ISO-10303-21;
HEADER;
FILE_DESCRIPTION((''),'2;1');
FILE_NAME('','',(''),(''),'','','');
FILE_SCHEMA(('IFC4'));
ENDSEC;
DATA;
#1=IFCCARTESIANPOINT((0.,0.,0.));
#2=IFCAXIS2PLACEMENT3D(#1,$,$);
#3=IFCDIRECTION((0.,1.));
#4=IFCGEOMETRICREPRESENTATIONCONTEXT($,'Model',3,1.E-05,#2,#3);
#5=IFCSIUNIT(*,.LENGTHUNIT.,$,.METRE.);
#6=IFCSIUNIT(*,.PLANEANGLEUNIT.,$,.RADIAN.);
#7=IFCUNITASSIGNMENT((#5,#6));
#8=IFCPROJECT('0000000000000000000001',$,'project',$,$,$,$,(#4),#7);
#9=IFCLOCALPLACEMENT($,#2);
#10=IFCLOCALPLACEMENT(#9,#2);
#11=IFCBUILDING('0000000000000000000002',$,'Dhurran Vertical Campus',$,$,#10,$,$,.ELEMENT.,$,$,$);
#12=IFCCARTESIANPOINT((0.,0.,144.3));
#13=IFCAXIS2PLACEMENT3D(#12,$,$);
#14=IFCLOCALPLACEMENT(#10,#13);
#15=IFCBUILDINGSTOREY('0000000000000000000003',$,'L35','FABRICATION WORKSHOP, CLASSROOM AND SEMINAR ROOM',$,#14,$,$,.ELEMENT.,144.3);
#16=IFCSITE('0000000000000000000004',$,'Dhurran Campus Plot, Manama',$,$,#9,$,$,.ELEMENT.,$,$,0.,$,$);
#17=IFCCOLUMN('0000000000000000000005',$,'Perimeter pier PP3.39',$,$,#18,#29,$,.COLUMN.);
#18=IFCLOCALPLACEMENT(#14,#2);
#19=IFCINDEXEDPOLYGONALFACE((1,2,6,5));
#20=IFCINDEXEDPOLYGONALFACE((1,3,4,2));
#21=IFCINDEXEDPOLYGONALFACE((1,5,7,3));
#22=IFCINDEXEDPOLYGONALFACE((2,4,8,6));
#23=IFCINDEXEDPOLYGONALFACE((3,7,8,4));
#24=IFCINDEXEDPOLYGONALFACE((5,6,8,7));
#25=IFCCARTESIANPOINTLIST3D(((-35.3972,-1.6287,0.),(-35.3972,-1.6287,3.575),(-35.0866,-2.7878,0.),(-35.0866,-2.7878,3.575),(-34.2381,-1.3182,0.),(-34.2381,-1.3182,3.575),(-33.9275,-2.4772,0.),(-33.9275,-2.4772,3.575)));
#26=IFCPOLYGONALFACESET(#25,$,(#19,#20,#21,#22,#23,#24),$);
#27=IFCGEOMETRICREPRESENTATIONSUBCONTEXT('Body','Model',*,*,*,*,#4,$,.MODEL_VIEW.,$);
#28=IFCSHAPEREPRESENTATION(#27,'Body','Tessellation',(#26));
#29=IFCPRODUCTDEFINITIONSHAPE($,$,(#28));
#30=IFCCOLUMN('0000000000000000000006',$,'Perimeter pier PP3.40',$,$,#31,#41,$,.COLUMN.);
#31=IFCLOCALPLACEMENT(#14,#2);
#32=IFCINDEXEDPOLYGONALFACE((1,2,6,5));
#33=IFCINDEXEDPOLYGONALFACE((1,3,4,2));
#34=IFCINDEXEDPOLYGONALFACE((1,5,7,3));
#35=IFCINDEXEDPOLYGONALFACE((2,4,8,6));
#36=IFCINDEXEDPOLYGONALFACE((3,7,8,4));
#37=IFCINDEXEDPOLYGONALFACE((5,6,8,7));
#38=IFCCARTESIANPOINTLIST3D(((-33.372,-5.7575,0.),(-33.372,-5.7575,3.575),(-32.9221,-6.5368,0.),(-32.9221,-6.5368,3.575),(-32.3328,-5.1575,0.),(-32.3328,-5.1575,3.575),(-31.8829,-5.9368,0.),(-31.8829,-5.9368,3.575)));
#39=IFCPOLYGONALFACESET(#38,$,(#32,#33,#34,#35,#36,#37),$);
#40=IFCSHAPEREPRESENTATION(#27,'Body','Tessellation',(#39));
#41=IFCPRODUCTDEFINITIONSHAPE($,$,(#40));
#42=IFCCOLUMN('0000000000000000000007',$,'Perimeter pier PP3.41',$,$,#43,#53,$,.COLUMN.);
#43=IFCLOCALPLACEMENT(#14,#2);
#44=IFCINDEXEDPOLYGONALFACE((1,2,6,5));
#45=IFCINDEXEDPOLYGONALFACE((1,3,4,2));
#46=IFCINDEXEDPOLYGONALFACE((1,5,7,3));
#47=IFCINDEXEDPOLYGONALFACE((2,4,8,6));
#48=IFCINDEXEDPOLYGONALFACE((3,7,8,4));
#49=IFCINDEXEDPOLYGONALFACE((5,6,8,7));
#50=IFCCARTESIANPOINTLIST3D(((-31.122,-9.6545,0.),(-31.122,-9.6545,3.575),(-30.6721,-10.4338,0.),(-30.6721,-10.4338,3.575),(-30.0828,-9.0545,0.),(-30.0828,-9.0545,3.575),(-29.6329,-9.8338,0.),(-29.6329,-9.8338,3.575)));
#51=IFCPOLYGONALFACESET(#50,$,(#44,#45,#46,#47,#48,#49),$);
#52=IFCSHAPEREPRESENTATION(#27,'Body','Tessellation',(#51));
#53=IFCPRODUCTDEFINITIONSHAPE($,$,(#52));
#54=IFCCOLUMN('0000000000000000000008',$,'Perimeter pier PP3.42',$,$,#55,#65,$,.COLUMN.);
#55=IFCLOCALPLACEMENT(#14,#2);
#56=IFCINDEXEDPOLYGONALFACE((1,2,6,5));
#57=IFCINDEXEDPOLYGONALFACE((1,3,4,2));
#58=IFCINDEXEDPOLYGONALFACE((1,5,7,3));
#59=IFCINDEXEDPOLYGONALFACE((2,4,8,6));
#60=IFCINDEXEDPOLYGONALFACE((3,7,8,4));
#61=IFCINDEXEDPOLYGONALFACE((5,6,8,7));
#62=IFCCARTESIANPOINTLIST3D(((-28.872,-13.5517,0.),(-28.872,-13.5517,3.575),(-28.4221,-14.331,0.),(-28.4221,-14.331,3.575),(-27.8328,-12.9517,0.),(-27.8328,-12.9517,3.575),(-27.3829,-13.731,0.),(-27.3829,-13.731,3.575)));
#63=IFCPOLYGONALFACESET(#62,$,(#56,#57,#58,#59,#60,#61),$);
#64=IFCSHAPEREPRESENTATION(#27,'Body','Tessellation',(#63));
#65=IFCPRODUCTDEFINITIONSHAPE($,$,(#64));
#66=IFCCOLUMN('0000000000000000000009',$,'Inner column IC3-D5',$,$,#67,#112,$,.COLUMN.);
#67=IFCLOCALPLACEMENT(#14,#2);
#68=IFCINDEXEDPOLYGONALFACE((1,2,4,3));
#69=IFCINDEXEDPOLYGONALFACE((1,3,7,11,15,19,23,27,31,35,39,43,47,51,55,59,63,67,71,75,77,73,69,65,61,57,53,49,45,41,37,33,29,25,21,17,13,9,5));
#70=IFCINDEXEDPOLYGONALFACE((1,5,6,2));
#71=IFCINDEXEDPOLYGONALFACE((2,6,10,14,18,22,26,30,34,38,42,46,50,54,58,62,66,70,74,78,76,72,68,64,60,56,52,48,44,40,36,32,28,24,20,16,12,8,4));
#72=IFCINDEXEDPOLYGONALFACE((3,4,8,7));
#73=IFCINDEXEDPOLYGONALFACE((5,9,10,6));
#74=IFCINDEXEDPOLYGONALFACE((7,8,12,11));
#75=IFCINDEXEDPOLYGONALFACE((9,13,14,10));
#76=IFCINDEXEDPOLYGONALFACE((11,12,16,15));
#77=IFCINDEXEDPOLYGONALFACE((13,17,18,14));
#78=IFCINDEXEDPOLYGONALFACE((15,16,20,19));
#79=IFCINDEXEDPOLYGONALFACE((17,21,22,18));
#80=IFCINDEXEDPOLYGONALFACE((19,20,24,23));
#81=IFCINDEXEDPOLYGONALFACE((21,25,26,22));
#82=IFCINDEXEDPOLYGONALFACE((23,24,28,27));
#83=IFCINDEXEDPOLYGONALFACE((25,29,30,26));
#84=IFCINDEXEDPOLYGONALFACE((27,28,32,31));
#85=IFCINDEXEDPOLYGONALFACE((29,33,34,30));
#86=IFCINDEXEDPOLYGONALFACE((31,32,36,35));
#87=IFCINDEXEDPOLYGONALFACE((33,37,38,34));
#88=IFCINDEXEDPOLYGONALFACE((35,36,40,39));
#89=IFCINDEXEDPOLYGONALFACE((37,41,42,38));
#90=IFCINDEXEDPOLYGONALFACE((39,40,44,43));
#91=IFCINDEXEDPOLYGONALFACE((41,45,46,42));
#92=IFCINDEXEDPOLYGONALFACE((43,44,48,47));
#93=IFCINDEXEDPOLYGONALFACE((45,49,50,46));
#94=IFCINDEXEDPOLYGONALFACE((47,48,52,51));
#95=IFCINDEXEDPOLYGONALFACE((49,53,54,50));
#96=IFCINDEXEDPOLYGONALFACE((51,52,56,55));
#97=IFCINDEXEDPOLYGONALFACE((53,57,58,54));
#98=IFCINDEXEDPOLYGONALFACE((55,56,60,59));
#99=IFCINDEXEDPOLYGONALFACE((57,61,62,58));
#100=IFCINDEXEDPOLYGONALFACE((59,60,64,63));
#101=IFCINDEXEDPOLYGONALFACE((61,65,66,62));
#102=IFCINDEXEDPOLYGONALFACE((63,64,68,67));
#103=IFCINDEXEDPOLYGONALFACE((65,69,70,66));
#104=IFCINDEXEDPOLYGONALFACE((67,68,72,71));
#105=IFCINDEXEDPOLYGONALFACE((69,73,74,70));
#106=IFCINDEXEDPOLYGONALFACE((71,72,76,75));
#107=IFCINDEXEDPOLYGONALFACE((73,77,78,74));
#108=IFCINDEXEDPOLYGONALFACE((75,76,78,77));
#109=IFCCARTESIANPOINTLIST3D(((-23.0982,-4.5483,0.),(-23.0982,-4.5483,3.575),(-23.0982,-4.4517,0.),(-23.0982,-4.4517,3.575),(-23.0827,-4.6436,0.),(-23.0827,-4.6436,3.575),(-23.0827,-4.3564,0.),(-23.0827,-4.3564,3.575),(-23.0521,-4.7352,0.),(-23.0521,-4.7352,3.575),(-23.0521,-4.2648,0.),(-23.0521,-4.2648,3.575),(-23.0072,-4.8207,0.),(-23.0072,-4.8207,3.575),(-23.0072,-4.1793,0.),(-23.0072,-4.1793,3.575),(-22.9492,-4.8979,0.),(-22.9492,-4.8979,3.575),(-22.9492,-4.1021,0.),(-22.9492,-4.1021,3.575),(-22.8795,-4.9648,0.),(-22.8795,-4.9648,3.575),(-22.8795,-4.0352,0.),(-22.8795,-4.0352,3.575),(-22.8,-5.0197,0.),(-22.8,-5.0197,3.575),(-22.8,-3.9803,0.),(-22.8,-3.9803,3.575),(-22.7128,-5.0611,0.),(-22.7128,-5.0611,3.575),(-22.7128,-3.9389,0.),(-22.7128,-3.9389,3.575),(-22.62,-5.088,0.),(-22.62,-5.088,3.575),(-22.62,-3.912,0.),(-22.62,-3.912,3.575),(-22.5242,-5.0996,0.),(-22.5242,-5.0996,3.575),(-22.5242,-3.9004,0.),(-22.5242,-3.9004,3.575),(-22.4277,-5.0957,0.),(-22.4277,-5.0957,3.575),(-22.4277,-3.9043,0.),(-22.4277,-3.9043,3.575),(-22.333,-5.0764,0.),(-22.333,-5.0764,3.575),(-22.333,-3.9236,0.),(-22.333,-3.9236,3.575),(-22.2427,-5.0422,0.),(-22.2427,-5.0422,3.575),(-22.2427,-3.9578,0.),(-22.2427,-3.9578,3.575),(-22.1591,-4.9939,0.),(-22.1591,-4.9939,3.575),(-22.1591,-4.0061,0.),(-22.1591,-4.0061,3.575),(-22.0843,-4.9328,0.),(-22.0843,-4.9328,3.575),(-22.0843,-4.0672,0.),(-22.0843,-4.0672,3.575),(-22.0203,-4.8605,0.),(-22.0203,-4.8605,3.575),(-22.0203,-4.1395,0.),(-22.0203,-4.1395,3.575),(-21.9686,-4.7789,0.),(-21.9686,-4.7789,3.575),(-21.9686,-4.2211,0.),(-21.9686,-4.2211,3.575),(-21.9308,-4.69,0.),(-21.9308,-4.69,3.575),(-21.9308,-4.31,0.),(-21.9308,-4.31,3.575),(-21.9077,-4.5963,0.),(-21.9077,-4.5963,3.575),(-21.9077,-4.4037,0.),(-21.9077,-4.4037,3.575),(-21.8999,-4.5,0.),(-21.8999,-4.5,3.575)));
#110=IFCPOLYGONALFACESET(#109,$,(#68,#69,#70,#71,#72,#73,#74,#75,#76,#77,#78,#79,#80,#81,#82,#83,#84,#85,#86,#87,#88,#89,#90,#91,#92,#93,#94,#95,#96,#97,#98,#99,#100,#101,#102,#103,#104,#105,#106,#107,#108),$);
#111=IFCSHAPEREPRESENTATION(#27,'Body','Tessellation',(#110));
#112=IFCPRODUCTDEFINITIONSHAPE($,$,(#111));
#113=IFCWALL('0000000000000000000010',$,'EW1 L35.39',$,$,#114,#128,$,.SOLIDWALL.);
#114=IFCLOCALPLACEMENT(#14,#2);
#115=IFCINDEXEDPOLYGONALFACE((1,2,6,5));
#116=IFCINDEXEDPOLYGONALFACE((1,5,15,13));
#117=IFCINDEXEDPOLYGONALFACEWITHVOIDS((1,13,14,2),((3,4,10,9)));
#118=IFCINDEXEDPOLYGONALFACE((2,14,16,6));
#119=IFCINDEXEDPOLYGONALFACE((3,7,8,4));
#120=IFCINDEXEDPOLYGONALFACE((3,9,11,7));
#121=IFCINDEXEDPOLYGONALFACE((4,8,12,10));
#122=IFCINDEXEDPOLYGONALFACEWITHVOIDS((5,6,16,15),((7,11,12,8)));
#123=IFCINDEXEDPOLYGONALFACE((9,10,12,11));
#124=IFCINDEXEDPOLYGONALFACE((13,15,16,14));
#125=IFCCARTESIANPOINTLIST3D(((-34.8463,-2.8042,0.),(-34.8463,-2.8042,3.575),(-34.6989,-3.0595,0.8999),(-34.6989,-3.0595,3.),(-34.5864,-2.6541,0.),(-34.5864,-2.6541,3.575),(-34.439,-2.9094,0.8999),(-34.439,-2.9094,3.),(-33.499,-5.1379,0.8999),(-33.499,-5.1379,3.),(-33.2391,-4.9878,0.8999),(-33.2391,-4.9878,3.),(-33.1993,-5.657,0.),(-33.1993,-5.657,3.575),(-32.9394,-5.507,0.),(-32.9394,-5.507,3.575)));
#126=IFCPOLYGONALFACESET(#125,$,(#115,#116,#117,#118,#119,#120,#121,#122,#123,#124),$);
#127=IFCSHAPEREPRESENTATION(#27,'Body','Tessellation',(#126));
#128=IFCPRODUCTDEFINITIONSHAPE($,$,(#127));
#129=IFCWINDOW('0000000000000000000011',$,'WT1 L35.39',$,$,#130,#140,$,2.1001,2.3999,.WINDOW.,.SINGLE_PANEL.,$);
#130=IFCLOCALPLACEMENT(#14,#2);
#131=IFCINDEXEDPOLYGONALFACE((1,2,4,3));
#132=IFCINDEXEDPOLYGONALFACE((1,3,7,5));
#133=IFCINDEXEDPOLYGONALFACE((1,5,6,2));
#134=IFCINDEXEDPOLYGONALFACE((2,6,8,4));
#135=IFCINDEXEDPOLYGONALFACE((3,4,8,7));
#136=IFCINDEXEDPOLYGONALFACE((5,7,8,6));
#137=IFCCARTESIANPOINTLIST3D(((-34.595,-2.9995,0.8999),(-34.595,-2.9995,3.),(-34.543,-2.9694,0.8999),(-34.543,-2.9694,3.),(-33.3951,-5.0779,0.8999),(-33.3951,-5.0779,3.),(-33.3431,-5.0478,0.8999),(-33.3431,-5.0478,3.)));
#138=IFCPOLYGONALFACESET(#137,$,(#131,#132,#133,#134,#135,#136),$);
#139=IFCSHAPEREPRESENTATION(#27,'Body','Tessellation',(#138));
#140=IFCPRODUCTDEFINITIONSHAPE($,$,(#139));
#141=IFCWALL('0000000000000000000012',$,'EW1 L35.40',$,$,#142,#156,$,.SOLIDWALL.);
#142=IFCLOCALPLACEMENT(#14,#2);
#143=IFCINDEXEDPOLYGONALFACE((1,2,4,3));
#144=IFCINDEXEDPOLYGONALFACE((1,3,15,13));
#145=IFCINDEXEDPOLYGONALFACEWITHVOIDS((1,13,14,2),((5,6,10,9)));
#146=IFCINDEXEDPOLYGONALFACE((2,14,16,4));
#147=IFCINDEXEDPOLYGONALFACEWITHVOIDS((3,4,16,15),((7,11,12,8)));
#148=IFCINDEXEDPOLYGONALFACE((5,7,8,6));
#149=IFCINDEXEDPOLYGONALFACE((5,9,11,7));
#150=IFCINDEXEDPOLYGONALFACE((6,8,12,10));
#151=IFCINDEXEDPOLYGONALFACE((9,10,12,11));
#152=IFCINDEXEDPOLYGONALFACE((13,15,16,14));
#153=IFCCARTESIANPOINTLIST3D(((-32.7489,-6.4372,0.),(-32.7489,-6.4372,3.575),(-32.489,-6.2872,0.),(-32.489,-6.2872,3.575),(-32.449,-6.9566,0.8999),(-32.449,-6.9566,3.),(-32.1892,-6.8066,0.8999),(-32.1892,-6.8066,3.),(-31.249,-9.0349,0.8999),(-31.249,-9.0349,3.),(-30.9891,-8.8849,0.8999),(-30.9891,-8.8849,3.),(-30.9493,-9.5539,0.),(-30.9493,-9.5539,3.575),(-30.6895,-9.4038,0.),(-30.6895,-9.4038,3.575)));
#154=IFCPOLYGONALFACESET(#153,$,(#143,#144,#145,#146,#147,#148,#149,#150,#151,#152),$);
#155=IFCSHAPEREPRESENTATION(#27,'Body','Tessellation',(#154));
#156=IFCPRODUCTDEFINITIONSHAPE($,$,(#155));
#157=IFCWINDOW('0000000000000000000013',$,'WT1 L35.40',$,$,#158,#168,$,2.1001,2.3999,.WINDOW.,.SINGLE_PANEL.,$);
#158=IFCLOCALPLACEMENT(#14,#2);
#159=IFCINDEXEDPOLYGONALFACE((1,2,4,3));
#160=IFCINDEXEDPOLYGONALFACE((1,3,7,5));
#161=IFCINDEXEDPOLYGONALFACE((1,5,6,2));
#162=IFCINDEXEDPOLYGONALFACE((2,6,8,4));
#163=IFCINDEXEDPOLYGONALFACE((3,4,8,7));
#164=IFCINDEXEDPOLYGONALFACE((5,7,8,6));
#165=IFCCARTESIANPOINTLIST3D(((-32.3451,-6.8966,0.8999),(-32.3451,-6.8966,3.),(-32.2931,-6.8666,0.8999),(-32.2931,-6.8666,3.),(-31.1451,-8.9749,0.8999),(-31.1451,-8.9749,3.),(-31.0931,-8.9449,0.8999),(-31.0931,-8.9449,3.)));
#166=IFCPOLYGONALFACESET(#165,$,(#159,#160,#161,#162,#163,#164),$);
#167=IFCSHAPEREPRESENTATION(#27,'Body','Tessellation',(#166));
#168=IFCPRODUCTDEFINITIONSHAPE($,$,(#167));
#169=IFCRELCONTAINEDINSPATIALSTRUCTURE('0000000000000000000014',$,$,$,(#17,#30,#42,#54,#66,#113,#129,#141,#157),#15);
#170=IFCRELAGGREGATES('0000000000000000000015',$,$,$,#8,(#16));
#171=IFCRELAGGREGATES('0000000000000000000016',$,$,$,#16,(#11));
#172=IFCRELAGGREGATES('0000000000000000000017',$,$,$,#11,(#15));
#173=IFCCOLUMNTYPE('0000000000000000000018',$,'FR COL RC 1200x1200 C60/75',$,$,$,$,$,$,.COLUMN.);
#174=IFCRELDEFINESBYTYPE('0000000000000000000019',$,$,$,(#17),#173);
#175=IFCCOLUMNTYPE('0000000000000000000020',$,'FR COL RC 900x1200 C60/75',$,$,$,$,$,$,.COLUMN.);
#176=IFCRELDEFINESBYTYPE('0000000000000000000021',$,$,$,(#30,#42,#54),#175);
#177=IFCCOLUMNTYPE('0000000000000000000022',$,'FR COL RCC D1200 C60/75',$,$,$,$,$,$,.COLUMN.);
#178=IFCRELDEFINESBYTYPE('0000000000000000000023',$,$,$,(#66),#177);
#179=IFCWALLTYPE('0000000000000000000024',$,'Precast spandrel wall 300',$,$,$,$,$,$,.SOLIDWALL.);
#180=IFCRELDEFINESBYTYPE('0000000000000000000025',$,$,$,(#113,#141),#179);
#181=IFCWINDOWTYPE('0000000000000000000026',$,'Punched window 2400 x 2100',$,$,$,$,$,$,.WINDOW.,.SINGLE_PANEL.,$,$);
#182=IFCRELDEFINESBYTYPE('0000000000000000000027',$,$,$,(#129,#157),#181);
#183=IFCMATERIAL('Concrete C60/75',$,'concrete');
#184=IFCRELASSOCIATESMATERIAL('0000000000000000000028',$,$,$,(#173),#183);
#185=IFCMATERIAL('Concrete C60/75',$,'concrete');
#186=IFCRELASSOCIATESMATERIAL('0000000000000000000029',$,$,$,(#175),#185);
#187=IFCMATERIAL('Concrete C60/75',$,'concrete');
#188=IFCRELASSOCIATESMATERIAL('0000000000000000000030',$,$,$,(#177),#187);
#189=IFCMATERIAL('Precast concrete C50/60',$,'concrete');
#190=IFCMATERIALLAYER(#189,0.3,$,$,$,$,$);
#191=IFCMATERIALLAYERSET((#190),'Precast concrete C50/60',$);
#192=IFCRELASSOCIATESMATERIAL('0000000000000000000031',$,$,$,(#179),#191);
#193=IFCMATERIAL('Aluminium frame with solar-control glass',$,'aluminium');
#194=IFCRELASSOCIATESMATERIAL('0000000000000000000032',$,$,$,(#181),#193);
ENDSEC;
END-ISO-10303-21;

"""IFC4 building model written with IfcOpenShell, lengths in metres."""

from ifc_helpers import new_model, si_unit, direction, frame, frame_2d, origin, origin_2d, place, context, subcontext, project, spatial, rectangle, circle, extrude, material, layer, layer_set, material_profile, profile_set, type_object, element, fill, save


model = new_model("IFC4")

# Units and contexts
model_context = context("Model", 3, precision=1e-05, world=origin(), true_north=direction((0.0, 1.0)))
body_context = subcontext(model_context, "Body", "Model", "MODEL_VIEW")
ifc_project = project(units=[si_unit("LENGTHUNIT", "METRE"), si_unit("PLANEANGLEUNIT", "RADIAN")], contexts=[model_context])

# Site, building, storey
site_placement = place(None, origin())
site = spatial("IfcSite", under=ifc_project, at=site_placement, Name="Dhurran Campus Plot, Manama", CompositionType="ELEMENT", RefElevation=0.0)
building_placement = place(site_placement, origin())
building = spatial("IfcBuilding", under=site, at=building_placement, Name="Dhurran Vertical Campus", CompositionType="ELEMENT")
storey_placement = place(building_placement, frame((0.0, 0.0, 144.3)))
storey = spatial("IfcBuildingStorey", under=building, at=storey_placement, Name="L35", Description="FABRICATION WORKSHOP, CLASSROOM AND SEMINAR ROOM", CompositionType="ELEMENT", Elevation=144.3)

# Columns
ifc_material_1 = material(Name="Concrete C60/75", Category="concrete")
ifc_material_profile_1 = material_profile(ifc_material_1, rectangle(XDim=1.2, YDim=1.2, at=origin_2d()), Name="RC 1200x1200")
ifc_profile_set_1 = profile_set([ifc_material_profile_1], Name="Concrete C60/75")
column_type_1 = type_object("IfcColumnType", Name="FR COL RC 1200x1200 C60/75", PredefinedType="COLUMN", material=ifc_profile_set_1)
column_1_placement = place(storey_placement, frame((-34.6624, -2.053, 0.0), z_axis=(0.0, 0.0, 1.0), x_axis=(0.258819, -0.965926, 0.0)))
element("IfcColumn", 1, at=column_1_placement, inside=storey, type_object=column_type_1, Name="Perimeter pier PP3.39", PredefinedType="COLUMN", context=body_context, shape_type="SweptSolid", body=[
    extrude(rectangle(XDim=1.2, YDim=1.2, at=origin_2d()), origin(), (0.0, 0.0, 1.0), 3.575),
])
ifc_material_2 = material(Name="Concrete C60/75", Category="concrete")
ifc_material_profile_2 = material_profile(ifc_material_2, rectangle(XDim=0.8999, YDim=1.2, at=origin_2d()), Name="RC 900x1200")
ifc_profile_set_2 = profile_set([ifc_material_profile_2], Name="Concrete C60/75")
column_type_2 = type_object("IfcColumnType", Name="FR COL RC 900x1200 C60/75", PredefinedType="COLUMN", material=ifc_profile_set_2)
for number, where, z_axis, x_axis, name in (
    (2, (-32.6274, -5.8472, 0.0), (0.0, 0.0, 1.0), (0.5, -0.866025, 0.0), "Perimeter pier PP3.40"),
    (3, (-30.3774, -9.7441, 0.0), (0.0, 0.0, 1.0), (0.5, -0.866025, 0.0), "Perimeter pier PP3.41"),
    (4, (-28.1274, -13.6414, 0.0), (0.0, 0.0, 1.0), (0.5, -0.866025, 0.0), "Perimeter pier PP3.42"),
):
    element("IfcColumn", number, at=place(storey_placement, frame(where, z_axis=z_axis, x_axis=x_axis)), inside=storey, type_object=column_type_2, Name=name, PredefinedType="COLUMN", context=body_context, shape_type="SweptSolid", body=[
        extrude(rectangle(XDim=0.8999, YDim=1.2, at=origin_2d()), origin(), (0.0, 0.0, 1.0), 3.575),
    ])
ifc_material_3 = material(Name="Concrete C60/75", Category="concrete")
ifc_material_profile_3 = material_profile(ifc_material_3, circle(Radius=0.6001, at=origin_2d()), Name="RCC D1200")
ifc_profile_set_3 = profile_set([ifc_material_profile_3], Name="Concrete C60/75")
column_type_3 = type_object("IfcColumnType", Name="FR COL RCC D1200 C60/75", PredefinedType="COLUMN", material=ifc_profile_set_3)
column_2_placement = place(storey_placement, frame((-22.5, -4.5, 0.0), z_axis=(0.0, 0.0, 1.0), x_axis=(1.0, 0.0, 0.0)))
element("IfcColumn", 5, at=column_2_placement, inside=storey, type_object=column_type_3, Name="Inner column IC3-D5", PredefinedType="COLUMN", context=body_context, shape_type="SweptSolid", body=[
    extrude(circle(Radius=0.6001, at=origin_2d()), origin(), (0.0, 0.0, 1.0), 3.575),
])

# Walls, openings, windows
ifc_material_4 = material(Name="Precast concrete C50/60", Category="concrete")
ifc_layer_1 = layer(ifc_material_4, 0.3)
ifc_layer_set_1 = layer_set([ifc_layer_1], Name="Precast concrete C50/60")
wall_type_1 = type_object("IfcWallType", Name="Precast spandrel wall 300", PredefinedType="SOLIDWALL", material=ifc_layer_set_1)
wall_1_placement = place(storey_placement, frame((-34.7163, -2.7292, 0.0), z_axis=(0.0, 0.0, 1.0), x_axis=(0.499981, -0.866036, 0.0)))
wall_1 = element("IfcWall", 6, at=wall_1_placement, inside=storey, type_object=wall_type_1, Name="EW1 L35.39", PredefinedType="SOLIDWALL", context=body_context, shape_type="SweptSolid", body=[
    extrude(rectangle(XDim=3.2942, YDim=0.3, at=frame_2d((1.647, 0.0))), origin(), (0.0, 0.0, 1.0), 3.575),
])
opening_1_placement = place(wall_1_placement, frame((0.2947, 0.0, 0.8999)))
opening_1 = element("IfcOpeningElement", 7, at=opening_1_placement, cuts=wall_1, PredefinedType="OPENING", context=body_context, shape_type="SweptSolid", body=[
    extrude(rectangle(XDim=2.3999, YDim=2.1001, at=frame_2d((1.2, 1.05))), frame((0.0, 0.1599, 0.0), z_axis=(0.0, -1.0, 0.0), x_axis=(1.0, 0.0, 0.0)), (0.0, 0.0, 1.0), 0.3201),
])
ifc_material_5 = material(Name="Aluminium frame with solar-control glass", Category="aluminium")
window_type = type_object("IfcWindowType", Name="Punched window 2400 x 2100", PartitioningType="SINGLE_PANEL", PredefinedType="WINDOW", material=ifc_material_5)
window_1_placement = place(opening_1_placement, origin())
window_1 = element("IfcWindow", 8, at=window_1_placement, inside=storey, type_object=window_type, Name="WT1 L35.39", OverallHeight=2.1001, OverallWidth=2.3999, PartitioningType="SINGLE_PANEL", PredefinedType="WINDOW", context=body_context, shape_type="SweptSolid", body=[
    extrude(rectangle(XDim=2.3999, YDim=2.1001, at=frame_2d((1.2, 1.05))), frame((0.0, 0.03, 0.0), z_axis=(0.0, -1.0, 0.0), x_axis=(1.0, 0.0, 0.0)), (0.0, 0.0, 1.0), 0.0601),
])
fill(opening_1, window_1)
wall_2_placement = place(storey_placement, frame((-32.6189, -6.3623, 0.0), z_axis=(0.0, 0.0, 1.0), x_axis=(0.500028, -0.866009, 0.0)))
wall_2 = element("IfcWall", 9, at=wall_2_placement, inside=storey, type_object=wall_type_1, Name="EW1 L35.40", PredefinedType="SOLIDWALL", context=body_context, shape_type="SweptSolid", body=[
    extrude(rectangle(XDim=3.5989, YDim=0.3, at=frame_2d((1.7993, 0.0))), origin(), (0.0, 0.0, 1.0), 3.575),
])
opening_2_placement = place(wall_2_placement, frame((0.5996, 0.0, 0.8999)))
opening_2 = element("IfcOpeningElement", 10, at=opening_2_placement, cuts=wall_2, PredefinedType="OPENING", context=body_context, shape_type="SweptSolid", body=[
    extrude(rectangle(XDim=2.3999, YDim=2.1001, at=frame_2d((1.2, 1.05))), frame((0.0, 0.1599, 0.0), z_axis=(0.0, -1.0, 0.0), x_axis=(1.0, 0.0, 0.0)), (0.0, 0.0, 1.0), 0.3201),
])
window_2_placement = place(opening_2_placement, origin())
window_2 = element("IfcWindow", 11, at=window_2_placement, inside=storey, type_object=window_type, Name="WT1 L35.40", OverallHeight=2.1001, OverallWidth=2.3999, PartitioningType="SINGLE_PANEL", PredefinedType="WINDOW", context=body_context, shape_type="SweptSolid", body=[
    extrude(rectangle(XDim=2.3999, YDim=2.1001, at=frame_2d((1.2, 1.05))), frame((0.0, 0.03, 0.0), z_axis=(0.0, -1.0, 0.0), x_axis=(1.0, 0.0, 0.0)), (0.0, 0.0, 1.0), 0.0601),
])
fill(opening_2, window_2)

save(model, "model.ifc")
